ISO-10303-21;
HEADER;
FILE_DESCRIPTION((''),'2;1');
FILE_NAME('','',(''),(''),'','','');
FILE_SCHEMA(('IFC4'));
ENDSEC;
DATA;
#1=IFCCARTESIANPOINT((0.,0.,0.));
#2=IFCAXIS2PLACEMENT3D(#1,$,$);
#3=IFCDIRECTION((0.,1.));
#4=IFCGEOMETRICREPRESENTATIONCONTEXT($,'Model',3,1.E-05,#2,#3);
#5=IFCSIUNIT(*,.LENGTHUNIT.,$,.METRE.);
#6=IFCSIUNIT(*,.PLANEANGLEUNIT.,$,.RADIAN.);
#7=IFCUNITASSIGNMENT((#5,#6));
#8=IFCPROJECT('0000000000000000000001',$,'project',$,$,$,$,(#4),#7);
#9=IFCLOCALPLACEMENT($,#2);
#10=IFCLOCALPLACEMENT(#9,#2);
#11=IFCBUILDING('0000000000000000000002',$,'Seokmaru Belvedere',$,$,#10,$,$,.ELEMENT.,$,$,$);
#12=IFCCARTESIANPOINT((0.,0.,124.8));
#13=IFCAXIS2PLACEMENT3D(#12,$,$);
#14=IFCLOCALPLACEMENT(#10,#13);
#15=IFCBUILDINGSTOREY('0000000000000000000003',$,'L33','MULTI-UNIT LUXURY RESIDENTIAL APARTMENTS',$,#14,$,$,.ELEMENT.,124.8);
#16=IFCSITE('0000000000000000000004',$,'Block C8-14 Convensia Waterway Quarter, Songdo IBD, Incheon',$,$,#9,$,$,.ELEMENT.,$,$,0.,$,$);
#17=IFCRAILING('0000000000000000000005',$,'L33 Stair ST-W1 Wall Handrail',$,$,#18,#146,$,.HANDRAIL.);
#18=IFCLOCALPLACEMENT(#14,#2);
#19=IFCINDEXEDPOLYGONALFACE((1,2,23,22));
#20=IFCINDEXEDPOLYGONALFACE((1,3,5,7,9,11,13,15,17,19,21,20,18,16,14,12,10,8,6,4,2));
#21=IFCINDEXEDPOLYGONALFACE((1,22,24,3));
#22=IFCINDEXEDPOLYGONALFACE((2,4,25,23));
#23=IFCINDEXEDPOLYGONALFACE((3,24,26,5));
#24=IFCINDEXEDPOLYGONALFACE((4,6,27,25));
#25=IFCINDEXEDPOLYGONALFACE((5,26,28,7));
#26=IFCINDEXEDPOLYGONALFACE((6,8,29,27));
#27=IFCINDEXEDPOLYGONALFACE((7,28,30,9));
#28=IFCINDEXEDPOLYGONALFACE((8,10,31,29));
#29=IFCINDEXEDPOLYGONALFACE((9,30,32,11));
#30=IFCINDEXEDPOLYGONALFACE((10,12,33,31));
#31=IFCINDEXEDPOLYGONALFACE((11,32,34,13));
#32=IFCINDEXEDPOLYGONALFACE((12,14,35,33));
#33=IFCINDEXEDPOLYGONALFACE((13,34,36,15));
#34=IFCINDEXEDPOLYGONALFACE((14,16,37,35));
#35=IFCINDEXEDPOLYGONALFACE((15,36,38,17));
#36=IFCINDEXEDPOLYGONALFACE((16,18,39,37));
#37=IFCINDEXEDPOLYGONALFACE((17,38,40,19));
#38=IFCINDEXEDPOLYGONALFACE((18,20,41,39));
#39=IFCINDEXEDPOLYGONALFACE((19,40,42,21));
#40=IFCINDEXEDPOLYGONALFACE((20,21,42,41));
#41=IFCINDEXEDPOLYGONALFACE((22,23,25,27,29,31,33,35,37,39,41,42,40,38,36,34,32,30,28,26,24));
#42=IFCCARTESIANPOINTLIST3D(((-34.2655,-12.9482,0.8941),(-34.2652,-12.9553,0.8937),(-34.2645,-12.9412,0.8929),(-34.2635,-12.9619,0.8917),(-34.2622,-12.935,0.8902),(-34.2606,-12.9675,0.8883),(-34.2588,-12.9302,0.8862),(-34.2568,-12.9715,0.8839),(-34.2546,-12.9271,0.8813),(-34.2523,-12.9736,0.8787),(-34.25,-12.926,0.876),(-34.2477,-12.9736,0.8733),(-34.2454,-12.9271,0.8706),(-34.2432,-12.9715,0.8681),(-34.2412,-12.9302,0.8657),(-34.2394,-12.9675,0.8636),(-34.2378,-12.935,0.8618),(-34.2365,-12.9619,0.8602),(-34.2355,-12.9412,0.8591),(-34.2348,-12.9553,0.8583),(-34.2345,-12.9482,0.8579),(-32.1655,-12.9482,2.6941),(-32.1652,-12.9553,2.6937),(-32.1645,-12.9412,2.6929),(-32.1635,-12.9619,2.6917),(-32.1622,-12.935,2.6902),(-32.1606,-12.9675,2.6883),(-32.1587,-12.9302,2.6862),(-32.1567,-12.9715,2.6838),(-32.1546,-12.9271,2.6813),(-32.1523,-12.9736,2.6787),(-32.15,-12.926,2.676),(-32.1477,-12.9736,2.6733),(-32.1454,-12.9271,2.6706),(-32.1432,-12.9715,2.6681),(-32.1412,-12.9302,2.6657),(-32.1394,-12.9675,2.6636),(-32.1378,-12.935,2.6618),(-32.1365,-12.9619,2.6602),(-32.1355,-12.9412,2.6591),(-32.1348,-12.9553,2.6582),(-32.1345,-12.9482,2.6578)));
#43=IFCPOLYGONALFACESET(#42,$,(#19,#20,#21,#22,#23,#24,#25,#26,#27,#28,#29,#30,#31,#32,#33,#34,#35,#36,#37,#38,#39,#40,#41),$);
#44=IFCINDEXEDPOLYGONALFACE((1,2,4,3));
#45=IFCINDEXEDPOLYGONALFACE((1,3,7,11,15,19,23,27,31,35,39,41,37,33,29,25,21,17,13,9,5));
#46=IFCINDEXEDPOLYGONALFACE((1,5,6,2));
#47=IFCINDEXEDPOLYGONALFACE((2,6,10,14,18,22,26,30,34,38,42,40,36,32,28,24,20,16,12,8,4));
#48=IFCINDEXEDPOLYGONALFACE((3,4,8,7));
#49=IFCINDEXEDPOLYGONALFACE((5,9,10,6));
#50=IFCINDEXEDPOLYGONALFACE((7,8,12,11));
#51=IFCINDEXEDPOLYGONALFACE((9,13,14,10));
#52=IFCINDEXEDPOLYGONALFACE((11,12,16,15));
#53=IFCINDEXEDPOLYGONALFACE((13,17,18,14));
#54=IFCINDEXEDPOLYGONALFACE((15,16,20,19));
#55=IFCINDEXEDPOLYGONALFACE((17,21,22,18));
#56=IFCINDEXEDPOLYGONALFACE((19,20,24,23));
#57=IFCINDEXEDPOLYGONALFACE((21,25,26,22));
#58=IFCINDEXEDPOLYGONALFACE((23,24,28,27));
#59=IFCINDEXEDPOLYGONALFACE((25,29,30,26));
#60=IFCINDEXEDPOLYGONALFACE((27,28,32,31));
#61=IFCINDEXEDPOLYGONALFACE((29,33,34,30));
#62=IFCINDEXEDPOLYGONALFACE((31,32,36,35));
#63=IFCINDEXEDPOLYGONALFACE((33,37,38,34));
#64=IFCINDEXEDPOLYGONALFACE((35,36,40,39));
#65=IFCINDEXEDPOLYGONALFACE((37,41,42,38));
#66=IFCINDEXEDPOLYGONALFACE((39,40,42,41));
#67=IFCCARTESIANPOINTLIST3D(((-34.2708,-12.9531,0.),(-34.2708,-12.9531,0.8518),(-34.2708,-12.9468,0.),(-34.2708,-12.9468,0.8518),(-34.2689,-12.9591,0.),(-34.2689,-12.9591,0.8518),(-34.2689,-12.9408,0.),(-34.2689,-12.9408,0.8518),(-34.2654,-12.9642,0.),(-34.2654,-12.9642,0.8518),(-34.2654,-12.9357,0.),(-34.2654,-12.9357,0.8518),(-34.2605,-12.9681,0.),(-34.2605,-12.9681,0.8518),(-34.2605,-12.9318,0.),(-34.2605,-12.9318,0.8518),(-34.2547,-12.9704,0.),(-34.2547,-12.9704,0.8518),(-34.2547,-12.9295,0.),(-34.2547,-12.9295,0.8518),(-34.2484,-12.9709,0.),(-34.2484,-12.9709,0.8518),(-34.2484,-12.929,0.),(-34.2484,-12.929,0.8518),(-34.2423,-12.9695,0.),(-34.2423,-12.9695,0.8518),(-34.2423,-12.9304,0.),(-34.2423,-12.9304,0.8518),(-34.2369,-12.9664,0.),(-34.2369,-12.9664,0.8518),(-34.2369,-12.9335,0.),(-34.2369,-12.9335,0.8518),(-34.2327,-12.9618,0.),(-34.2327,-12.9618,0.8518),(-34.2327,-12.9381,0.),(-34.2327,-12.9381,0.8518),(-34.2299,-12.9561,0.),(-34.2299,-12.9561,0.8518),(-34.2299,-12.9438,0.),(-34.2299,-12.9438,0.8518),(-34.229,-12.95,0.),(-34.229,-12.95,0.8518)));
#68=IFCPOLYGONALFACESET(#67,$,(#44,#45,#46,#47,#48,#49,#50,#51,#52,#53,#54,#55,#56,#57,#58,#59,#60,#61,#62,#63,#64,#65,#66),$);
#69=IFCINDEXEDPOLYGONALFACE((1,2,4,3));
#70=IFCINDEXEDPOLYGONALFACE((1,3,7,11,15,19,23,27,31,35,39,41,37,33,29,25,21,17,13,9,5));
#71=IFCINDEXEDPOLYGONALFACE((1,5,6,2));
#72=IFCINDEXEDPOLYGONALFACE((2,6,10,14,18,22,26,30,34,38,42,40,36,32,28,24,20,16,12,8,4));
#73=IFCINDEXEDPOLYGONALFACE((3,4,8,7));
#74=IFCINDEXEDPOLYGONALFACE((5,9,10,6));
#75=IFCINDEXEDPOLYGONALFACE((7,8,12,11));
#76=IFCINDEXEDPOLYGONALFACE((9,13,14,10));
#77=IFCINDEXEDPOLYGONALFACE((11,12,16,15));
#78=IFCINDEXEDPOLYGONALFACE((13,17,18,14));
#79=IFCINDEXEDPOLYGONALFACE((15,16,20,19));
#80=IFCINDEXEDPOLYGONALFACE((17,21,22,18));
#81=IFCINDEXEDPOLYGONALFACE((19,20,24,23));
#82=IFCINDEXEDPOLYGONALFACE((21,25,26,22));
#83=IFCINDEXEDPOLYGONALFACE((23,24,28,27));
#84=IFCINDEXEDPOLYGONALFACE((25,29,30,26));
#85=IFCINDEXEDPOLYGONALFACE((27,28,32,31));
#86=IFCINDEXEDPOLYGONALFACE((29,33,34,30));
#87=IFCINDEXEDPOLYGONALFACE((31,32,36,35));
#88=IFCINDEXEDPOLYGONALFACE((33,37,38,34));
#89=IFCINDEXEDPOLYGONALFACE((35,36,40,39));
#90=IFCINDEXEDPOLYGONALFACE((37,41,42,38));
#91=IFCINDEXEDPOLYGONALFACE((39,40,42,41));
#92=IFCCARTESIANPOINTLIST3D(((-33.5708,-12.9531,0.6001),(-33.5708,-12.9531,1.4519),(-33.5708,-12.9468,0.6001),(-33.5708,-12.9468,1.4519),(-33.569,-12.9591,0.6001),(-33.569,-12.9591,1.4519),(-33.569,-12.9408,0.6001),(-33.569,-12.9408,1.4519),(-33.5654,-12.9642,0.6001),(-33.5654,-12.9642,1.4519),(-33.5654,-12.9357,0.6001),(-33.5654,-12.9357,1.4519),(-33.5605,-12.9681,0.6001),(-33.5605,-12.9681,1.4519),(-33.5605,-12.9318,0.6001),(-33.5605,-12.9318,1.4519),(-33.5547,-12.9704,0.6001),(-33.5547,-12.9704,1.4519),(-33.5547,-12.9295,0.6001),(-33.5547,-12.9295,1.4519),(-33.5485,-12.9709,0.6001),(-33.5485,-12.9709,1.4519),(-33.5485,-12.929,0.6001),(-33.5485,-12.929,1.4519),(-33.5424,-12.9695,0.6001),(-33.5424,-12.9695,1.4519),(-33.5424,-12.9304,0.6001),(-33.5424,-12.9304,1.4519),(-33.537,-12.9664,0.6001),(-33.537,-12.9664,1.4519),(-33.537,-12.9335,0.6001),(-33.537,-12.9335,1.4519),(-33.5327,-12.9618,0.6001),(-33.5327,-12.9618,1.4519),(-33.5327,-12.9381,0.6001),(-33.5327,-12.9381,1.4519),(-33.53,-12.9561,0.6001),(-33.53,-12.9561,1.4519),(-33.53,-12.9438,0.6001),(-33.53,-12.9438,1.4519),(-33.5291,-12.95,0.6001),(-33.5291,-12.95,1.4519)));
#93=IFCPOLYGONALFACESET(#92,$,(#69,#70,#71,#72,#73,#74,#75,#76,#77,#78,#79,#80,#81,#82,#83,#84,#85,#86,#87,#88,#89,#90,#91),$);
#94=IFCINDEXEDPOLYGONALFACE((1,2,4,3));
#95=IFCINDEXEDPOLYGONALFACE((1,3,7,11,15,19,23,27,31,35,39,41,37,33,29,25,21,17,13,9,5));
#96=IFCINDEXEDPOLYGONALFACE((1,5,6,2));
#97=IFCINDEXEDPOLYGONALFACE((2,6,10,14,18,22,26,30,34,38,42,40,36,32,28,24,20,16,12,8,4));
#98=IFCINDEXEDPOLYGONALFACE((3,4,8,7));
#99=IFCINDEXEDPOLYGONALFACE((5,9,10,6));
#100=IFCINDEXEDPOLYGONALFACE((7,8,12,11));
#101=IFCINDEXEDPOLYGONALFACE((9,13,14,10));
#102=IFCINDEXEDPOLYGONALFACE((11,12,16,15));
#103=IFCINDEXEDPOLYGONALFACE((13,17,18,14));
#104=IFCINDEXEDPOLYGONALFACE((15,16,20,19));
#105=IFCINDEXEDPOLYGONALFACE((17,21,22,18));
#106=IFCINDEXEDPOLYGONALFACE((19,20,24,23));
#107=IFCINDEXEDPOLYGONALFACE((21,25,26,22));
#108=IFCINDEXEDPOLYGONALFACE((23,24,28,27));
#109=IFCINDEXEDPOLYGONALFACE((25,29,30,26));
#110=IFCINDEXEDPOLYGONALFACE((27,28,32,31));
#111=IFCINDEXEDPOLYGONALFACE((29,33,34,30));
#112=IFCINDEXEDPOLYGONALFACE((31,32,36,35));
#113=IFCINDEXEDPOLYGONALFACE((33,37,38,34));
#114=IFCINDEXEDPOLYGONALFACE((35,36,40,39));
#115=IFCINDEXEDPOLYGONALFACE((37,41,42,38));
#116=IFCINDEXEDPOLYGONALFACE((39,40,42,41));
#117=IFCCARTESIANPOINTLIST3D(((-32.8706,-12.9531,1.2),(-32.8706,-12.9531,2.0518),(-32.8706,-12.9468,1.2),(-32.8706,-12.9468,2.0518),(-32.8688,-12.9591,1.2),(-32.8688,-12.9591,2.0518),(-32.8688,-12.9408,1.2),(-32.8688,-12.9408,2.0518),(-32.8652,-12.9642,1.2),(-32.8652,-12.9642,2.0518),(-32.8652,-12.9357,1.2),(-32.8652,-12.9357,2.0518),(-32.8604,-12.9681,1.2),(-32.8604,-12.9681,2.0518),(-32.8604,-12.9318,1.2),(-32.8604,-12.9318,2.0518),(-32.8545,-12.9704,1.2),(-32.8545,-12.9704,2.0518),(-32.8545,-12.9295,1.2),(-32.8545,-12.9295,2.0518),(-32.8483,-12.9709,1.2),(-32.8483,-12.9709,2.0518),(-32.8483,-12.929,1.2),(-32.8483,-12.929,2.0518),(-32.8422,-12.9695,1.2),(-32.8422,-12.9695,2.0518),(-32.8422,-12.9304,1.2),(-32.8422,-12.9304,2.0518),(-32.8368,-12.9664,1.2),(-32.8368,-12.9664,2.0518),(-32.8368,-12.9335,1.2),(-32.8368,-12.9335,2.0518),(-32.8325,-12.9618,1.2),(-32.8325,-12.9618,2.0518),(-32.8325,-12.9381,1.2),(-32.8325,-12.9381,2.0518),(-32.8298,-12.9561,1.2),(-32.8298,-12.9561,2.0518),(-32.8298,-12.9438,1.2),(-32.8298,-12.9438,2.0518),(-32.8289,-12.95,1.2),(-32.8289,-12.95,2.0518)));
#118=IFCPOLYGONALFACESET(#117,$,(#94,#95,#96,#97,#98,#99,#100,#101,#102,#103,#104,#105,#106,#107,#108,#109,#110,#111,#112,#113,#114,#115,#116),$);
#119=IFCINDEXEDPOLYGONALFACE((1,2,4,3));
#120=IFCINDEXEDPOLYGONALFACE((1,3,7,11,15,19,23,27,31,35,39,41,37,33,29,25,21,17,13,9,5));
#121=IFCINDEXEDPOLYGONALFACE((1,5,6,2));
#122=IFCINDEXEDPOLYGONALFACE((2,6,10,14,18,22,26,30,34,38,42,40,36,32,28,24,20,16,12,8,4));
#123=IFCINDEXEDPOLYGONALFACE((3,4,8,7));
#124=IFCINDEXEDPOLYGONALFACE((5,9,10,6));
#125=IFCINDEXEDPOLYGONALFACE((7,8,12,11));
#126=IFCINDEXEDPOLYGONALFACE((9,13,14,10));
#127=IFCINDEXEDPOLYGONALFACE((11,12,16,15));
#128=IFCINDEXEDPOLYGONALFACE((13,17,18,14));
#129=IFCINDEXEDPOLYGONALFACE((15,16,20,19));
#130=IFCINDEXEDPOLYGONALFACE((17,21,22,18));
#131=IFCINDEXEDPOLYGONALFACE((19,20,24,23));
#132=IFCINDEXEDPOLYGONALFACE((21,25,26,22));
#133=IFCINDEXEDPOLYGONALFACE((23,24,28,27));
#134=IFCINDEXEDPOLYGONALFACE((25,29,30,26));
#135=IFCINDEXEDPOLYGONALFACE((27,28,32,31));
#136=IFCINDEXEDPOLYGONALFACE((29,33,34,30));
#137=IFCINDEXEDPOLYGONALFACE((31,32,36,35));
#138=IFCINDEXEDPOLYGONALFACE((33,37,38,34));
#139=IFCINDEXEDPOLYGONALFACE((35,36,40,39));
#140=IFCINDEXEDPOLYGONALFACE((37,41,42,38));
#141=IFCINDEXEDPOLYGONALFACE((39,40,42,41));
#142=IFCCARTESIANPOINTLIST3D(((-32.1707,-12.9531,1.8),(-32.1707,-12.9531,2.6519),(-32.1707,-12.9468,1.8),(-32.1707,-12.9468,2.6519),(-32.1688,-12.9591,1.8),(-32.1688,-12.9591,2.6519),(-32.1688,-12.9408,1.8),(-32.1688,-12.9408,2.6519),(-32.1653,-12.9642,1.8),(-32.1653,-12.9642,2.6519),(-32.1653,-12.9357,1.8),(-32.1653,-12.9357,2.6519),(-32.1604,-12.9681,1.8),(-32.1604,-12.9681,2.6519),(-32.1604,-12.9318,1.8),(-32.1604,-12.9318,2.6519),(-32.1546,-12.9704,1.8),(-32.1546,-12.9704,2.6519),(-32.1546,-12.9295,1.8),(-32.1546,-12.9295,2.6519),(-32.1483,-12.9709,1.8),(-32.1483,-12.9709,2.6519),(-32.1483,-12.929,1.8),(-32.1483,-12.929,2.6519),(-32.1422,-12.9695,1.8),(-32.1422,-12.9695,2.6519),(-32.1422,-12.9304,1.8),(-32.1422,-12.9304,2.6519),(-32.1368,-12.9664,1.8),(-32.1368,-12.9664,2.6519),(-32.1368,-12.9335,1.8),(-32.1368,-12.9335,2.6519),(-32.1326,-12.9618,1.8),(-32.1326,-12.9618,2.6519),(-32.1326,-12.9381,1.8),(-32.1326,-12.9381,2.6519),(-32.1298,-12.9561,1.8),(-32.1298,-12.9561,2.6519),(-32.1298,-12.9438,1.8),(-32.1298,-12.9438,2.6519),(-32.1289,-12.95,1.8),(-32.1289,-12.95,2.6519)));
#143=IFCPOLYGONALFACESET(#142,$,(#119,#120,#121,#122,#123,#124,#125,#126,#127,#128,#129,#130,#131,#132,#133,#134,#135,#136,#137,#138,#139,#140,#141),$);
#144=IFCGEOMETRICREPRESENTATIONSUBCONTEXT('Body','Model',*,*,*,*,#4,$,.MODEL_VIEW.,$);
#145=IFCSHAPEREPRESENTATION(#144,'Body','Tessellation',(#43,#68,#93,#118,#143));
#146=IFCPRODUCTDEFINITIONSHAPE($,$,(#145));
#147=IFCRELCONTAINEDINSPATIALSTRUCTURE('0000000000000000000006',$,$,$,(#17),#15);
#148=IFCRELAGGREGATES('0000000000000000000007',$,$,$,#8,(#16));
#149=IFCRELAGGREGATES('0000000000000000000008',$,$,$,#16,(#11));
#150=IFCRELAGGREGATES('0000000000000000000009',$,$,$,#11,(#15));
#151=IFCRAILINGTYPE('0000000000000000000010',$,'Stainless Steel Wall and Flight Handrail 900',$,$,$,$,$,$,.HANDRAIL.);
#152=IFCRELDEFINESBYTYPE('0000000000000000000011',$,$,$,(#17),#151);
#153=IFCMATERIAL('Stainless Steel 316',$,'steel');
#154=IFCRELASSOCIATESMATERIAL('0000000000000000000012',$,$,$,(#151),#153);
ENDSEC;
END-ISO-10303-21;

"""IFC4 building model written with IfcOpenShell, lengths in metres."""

from ifc_helpers import new_model, si_unit, direction, frame, origin, origin_2d, place, context, subcontext, project, spatial, circle, extrude, material, type_object, element, save


model = new_model("IFC4")

# Units and contexts
model_context = context("Model", 3, precision=1e-05, world=origin(), true_north=direction((0.0, 1.0)))
body_context = subcontext(model_context, "Body", "Model", "MODEL_VIEW")
ifc_project = project(units=[si_unit("LENGTHUNIT", "METRE"), si_unit("PLANEANGLEUNIT", "RADIAN")], contexts=[model_context])

# Site, building, storey
site_placement = place(None, origin())
site = spatial("IfcSite", under=ifc_project, at=site_placement, Name="Block C8-14 Convensia Waterway Quarter, Songdo IBD, Incheon", CompositionType="ELEMENT", RefElevation=0.0)
building_placement = place(site_placement, origin())
building = spatial("IfcBuilding", under=site, at=building_placement, Name="Seokmaru Belvedere", CompositionType="ELEMENT")
storey_placement = place(building_placement, frame((0.0, 0.0, 124.8)))
storey = spatial("IfcBuildingStorey", under=building, at=storey_placement, Name="L33", Description="MULTI-UNIT LUXURY RESIDENTIAL APARTMENTS", CompositionType="ELEMENT", Elevation=124.8)

# Railing
ifc_material_1 = material(Name="Stainless Steel 316", Category="steel")
railing_type = type_object("IfcRailingType", Name="Stainless Steel Wall and Flight Handrail 900", PredefinedType="HANDRAIL", material=ifc_material_1)
railing_placement = place(storey_placement, frame((-34.25, -12.95, 0.0)))
element("IfcRailing", 1, at=railing_placement, inside=storey, type_object=railing_type, Name="L33 Stair ST-W1 Wall Handrail", PredefinedType="HANDRAIL", context=body_context, shape_type="SweptSolid", body=[
    extrude(circle(Radius=0.0239, at=origin_2d()), frame((0.0, 0.0, 0.876), z_axis=(0.759263, 0.0, 0.650784), x_axis=(0.0, 1.0, 0.0)), (0.0, 0.0, 1.0), 2.7659),
    extrude(circle(Radius=0.021, at=origin_2d()), origin(), (0.0, 0.0, 1.0), 0.8518),
    extrude(circle(Radius=0.021, at=origin_2d()), frame((0.7, 0.0, 0.6001)), (0.0, 0.0, 1.0), 0.8518),
    extrude(circle(Radius=0.021, at=origin_2d()), frame((1.4001, 0.0, 1.2)), (0.0, 0.0, 1.0), 0.8518),
    extrude(circle(Radius=0.021, at=origin_2d()), frame((2.1001, 0.0, 1.8)), (0.0, 0.0, 1.0), 0.8518),
])

save(model, "model.ifc")
